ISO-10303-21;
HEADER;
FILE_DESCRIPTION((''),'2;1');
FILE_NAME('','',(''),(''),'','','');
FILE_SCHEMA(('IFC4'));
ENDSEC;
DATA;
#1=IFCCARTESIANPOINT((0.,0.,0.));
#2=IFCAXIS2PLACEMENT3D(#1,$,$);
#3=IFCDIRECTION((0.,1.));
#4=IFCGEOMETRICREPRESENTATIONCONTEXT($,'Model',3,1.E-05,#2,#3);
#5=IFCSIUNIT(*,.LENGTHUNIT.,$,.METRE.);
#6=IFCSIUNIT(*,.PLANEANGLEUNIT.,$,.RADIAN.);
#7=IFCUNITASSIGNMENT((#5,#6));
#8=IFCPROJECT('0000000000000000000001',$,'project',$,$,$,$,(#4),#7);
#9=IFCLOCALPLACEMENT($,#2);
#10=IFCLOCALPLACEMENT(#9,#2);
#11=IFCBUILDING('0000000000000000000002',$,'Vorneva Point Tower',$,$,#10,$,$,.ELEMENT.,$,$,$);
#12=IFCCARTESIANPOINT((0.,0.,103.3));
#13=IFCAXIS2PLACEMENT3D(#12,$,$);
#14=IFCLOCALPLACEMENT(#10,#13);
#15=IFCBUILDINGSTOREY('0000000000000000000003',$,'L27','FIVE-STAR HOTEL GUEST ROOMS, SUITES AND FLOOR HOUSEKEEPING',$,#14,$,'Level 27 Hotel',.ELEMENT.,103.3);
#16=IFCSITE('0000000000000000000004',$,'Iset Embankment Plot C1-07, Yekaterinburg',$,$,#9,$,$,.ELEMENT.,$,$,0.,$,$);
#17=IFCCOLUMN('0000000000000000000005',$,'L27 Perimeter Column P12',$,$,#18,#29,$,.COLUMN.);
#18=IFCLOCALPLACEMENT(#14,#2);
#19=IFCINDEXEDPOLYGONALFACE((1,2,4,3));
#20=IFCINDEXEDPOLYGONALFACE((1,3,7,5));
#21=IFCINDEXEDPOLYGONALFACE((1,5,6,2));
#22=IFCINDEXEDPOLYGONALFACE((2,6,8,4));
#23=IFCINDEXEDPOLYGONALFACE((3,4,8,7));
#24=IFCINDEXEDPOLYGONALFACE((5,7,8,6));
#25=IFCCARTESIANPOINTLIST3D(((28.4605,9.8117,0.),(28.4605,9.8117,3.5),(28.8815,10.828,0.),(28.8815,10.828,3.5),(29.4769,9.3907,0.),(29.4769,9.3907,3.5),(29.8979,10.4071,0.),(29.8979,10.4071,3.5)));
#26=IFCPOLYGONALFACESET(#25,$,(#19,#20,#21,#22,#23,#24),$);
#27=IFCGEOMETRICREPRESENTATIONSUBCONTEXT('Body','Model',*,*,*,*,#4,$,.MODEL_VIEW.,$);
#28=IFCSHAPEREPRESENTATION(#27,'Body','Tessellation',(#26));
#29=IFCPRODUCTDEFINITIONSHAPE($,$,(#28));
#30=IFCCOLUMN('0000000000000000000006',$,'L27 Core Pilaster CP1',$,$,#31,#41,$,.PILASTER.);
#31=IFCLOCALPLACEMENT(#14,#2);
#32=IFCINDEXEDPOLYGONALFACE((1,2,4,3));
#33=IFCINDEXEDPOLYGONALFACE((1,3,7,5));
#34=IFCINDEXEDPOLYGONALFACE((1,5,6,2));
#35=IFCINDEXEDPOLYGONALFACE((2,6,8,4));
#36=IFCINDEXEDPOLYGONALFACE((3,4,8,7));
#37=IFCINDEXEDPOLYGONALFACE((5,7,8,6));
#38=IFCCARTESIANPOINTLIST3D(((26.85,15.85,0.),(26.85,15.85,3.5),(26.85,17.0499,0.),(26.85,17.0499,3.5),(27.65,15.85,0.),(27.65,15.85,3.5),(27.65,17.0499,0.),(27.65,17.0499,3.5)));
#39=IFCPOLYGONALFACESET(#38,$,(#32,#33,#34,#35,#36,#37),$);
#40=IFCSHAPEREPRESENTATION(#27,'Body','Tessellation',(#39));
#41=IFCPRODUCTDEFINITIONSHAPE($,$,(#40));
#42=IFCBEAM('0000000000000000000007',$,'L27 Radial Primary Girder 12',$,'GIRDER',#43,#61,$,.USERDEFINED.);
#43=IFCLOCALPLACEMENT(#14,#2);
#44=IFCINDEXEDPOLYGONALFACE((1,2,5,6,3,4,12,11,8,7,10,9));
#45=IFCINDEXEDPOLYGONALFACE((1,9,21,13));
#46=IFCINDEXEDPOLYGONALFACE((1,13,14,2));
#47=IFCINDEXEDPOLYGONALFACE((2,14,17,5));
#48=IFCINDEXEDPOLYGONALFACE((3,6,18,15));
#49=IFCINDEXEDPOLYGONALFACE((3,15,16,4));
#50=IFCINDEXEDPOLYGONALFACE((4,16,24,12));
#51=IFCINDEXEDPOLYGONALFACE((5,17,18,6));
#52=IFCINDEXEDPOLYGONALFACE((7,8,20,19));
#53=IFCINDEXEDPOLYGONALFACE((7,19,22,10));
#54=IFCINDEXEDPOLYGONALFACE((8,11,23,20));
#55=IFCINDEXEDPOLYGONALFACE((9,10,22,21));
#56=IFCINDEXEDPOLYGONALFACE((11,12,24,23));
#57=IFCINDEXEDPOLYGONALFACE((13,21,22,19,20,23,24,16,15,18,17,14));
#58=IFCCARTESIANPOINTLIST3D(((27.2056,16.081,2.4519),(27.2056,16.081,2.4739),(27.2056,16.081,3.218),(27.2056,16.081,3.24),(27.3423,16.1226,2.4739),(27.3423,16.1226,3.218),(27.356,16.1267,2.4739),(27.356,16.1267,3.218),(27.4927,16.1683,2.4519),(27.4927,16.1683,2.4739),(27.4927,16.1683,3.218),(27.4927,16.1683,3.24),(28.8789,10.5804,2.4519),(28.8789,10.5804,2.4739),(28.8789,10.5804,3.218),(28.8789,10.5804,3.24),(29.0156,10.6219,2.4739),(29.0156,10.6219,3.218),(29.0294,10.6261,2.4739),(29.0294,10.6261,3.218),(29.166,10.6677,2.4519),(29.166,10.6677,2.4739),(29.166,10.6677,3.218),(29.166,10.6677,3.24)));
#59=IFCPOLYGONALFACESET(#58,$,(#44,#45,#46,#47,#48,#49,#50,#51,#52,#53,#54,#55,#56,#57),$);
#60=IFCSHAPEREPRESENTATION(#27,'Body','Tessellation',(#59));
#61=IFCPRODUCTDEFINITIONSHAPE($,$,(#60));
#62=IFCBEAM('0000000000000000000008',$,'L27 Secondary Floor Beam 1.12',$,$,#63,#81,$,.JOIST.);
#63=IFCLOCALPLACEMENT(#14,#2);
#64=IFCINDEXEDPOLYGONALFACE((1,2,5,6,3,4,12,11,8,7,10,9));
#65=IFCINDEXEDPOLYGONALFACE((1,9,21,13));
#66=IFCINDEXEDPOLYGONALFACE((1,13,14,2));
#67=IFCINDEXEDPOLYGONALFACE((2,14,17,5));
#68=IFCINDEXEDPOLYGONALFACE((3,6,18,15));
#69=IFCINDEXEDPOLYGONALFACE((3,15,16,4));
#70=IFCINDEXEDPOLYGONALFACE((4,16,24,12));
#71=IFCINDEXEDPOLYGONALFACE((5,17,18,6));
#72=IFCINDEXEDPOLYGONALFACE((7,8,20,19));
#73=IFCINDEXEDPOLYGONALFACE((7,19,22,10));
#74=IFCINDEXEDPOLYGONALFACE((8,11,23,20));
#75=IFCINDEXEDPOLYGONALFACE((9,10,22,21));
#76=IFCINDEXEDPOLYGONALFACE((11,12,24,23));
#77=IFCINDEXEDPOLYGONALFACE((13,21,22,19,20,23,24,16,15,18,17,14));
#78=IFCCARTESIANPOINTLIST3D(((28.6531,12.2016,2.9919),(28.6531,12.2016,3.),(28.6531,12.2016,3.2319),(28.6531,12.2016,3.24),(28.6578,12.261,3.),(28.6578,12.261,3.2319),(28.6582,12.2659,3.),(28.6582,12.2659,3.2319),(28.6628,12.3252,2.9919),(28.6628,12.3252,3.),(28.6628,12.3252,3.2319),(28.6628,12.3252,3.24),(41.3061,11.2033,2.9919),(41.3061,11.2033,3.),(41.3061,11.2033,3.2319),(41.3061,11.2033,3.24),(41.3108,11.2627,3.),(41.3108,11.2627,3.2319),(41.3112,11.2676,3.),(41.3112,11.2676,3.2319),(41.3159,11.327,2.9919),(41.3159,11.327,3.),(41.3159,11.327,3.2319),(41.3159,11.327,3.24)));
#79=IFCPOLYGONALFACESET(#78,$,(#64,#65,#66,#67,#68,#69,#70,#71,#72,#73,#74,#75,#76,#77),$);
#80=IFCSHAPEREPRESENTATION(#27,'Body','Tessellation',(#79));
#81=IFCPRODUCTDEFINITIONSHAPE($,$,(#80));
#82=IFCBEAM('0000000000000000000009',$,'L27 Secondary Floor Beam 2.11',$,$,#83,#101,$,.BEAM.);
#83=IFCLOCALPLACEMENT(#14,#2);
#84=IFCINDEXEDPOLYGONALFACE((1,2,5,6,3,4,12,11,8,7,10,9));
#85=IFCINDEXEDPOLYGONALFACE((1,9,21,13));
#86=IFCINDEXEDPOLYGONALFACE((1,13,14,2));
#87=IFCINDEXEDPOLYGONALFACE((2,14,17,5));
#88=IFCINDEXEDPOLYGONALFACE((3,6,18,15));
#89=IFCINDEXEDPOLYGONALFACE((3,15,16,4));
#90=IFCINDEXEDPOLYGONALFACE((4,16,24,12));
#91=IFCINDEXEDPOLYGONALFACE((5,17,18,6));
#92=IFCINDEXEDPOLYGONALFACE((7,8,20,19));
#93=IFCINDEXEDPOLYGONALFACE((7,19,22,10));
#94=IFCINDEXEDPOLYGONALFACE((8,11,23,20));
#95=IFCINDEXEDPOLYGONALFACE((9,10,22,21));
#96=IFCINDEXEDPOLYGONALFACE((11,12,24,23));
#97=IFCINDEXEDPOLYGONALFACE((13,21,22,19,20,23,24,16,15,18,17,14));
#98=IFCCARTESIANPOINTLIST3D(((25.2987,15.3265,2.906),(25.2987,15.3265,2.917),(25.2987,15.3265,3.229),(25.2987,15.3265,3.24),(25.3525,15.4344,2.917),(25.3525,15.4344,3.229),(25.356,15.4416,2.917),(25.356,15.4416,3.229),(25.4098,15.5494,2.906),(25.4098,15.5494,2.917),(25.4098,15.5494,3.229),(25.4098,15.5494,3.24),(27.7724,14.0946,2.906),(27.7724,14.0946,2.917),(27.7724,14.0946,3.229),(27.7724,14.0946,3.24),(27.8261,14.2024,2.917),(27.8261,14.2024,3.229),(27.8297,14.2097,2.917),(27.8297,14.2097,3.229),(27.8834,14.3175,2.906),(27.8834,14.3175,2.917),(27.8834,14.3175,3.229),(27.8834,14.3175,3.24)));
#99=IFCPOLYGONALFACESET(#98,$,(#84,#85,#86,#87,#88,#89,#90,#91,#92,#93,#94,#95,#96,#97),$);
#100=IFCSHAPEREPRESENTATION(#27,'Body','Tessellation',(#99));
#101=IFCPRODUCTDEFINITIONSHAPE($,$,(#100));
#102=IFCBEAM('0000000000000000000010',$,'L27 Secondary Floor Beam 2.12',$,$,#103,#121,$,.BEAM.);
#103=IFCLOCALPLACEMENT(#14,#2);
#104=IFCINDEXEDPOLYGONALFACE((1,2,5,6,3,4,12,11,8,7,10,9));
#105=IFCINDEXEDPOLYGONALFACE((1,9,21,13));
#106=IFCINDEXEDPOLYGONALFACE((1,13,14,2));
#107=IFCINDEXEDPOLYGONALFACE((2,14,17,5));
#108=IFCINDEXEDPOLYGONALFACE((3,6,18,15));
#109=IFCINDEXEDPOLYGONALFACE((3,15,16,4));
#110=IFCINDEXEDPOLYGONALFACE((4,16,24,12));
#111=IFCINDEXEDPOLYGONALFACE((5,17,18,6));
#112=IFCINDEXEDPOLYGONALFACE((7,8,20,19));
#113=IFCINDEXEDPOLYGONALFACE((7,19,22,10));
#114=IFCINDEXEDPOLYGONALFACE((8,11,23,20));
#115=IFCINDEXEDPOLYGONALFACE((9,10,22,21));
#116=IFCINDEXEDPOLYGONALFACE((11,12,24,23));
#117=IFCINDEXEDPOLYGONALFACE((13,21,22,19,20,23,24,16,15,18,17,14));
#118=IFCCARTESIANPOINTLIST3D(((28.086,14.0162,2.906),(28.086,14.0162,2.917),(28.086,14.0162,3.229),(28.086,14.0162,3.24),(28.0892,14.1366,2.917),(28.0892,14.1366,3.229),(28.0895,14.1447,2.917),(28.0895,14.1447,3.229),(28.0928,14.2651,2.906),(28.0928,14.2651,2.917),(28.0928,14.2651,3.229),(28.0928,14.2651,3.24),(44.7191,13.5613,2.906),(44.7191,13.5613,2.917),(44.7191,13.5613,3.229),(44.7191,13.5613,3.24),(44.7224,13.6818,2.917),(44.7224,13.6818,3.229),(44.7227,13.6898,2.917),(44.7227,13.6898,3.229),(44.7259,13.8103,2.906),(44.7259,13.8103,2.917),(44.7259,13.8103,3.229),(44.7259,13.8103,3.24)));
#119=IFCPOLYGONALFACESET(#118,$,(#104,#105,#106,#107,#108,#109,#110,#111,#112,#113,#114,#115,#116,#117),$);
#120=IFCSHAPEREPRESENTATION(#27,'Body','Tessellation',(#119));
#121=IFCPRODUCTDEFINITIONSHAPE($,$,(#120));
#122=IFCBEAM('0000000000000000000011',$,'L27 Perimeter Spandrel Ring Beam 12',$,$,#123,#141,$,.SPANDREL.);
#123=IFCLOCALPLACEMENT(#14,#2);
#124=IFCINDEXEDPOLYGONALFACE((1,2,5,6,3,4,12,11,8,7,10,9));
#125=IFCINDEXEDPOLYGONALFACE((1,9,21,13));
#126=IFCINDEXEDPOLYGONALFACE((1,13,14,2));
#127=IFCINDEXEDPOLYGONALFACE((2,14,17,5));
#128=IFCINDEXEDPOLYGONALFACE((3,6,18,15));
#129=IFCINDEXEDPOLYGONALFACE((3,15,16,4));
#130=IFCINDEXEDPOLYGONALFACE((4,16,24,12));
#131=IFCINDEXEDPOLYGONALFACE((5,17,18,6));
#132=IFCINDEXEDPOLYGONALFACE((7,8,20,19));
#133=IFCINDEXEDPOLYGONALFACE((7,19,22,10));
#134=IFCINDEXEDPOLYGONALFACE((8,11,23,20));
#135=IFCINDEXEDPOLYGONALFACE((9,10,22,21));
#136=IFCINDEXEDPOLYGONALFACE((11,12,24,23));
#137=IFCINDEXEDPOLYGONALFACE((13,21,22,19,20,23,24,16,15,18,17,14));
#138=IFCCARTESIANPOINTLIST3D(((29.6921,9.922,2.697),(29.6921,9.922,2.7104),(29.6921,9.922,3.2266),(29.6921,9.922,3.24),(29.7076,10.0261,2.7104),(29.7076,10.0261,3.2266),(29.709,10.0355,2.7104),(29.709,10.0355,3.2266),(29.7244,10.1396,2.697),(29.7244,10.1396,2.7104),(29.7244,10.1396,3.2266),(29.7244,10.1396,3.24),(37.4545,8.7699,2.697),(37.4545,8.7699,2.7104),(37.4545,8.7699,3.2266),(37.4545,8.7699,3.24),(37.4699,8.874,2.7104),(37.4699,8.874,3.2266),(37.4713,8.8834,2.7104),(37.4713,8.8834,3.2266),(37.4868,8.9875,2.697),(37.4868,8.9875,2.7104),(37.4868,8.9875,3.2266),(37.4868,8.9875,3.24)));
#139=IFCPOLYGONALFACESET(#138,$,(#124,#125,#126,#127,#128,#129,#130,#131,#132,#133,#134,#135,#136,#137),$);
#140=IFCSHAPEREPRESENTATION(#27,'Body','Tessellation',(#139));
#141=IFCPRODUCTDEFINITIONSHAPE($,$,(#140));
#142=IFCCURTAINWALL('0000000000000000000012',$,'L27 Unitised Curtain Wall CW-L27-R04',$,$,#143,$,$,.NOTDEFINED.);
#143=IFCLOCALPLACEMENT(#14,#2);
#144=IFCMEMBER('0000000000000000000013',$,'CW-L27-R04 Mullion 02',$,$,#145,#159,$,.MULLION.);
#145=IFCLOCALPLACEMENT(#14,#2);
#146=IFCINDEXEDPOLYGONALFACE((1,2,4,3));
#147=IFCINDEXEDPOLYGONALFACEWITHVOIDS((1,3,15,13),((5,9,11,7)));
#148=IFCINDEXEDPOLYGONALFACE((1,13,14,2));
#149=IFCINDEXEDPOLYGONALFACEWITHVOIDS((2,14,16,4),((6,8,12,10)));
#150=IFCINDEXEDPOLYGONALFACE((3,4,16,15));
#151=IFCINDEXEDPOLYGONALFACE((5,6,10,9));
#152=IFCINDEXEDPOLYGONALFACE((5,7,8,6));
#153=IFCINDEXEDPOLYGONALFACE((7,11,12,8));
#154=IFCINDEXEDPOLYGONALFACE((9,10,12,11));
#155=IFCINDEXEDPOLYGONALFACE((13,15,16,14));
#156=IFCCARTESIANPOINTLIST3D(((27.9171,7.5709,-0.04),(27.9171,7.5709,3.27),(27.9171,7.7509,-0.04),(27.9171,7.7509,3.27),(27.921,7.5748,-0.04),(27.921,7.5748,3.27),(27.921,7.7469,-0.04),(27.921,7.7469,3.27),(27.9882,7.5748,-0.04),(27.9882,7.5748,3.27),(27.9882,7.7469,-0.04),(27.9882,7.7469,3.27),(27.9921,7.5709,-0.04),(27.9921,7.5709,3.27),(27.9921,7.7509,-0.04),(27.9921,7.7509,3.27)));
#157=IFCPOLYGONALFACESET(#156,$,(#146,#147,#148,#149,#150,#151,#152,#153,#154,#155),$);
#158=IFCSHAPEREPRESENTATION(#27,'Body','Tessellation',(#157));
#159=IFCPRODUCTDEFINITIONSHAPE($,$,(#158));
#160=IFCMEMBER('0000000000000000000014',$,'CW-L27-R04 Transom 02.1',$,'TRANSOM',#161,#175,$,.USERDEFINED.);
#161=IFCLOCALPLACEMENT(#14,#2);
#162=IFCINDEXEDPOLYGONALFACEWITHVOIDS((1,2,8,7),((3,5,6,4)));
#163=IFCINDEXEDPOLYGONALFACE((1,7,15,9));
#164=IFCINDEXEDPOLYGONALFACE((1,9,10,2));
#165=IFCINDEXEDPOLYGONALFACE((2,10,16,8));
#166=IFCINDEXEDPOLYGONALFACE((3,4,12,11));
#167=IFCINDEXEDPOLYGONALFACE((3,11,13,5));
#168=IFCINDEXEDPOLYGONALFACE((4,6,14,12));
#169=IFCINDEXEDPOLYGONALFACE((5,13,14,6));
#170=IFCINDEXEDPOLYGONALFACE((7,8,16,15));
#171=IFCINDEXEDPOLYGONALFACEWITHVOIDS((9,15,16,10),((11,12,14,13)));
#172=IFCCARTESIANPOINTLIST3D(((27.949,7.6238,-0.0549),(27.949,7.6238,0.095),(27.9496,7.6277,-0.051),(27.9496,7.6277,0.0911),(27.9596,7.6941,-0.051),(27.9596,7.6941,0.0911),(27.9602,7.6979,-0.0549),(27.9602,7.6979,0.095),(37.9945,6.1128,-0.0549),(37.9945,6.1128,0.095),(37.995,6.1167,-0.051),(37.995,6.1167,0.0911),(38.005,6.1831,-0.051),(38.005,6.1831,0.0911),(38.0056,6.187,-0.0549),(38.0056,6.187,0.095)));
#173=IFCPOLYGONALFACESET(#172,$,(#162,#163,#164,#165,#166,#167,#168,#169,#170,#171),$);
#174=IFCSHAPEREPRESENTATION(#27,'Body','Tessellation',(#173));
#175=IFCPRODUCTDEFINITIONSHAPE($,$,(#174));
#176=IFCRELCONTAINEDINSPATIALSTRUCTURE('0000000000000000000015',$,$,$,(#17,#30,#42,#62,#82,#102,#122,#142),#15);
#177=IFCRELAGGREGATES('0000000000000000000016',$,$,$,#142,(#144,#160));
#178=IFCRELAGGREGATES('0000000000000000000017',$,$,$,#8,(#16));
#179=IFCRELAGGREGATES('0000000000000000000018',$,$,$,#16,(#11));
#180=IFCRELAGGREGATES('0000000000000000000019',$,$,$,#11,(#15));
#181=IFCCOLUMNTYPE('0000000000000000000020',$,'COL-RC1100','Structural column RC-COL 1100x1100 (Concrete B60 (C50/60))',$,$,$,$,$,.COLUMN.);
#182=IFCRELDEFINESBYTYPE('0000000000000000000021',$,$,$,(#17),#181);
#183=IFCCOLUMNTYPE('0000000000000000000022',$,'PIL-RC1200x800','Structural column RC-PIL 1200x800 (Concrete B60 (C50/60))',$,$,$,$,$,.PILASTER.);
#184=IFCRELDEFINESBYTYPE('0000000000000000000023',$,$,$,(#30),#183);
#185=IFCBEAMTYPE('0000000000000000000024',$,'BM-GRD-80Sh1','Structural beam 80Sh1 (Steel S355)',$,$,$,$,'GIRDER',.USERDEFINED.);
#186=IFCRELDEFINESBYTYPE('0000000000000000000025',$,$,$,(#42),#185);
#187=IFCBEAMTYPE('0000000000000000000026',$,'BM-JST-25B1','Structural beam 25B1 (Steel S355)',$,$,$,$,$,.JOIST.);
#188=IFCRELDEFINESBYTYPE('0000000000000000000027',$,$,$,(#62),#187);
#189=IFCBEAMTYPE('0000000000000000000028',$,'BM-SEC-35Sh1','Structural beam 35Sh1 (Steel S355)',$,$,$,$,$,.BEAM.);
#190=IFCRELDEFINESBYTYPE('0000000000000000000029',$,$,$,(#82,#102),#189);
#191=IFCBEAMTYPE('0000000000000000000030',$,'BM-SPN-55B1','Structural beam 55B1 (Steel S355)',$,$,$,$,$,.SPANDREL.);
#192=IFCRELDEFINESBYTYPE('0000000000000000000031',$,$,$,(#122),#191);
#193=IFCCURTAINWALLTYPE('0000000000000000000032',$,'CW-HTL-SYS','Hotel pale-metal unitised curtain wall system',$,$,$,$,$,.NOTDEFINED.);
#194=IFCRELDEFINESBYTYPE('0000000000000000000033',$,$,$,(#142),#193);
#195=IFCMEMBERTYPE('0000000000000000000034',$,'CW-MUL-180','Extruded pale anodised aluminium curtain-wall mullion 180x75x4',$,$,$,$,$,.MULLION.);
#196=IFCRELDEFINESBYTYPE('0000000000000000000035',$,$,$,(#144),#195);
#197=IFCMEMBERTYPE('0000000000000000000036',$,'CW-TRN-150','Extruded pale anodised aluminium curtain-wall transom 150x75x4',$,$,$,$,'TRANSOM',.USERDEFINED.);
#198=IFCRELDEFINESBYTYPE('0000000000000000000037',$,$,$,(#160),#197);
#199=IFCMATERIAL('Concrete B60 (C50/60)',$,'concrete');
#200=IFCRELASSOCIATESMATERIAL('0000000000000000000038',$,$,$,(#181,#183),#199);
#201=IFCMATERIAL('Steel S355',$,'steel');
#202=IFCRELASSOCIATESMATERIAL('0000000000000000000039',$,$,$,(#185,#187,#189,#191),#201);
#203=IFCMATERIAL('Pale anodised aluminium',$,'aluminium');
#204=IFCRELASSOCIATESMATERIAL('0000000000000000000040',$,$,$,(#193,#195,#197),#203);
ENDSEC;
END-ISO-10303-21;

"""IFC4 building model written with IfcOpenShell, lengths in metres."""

from ifc_helpers import new_model, si_unit, direction, frame, origin, origin_2d, place, context, subcontext, project, spatial, rectangle, hollow_rectangle, i_section, extrude, material, material_profile, profile_set, type_object, element, aggregate, save


model = new_model("IFC4")

# Units and contexts
model_context = context("Model", 3, precision=1e-05, world=origin(), true_north=direction((0.0, 1.0)))
body_context = subcontext(model_context, "Body", "Model", "MODEL_VIEW")
ifc_project = project(units=[si_unit("LENGTHUNIT", "METRE"), si_unit("PLANEANGLEUNIT", "RADIAN")], contexts=[model_context])

# Site, building, storey
site_placement = place(None, origin())
site = spatial("IfcSite", under=ifc_project, at=site_placement, Name="Iset Embankment Plot C1-07, Yekaterinburg", CompositionType="ELEMENT", RefElevation=0.0)
building_placement = place(site_placement, origin())
building = spatial("IfcBuilding", under=site, at=building_placement, Name="Vorneva Point Tower", CompositionType="ELEMENT")
storey_placement = place(building_placement, frame((0.0, 0.0, 103.3)))
storey = spatial("IfcBuildingStorey", under=building, at=storey_placement, Name="L27", Description="FIVE-STAR HOTEL GUEST ROOMS, SUITES AND FLOOR HOUSEKEEPING", LongName="Level 27 Hotel", CompositionType="ELEMENT", Elevation=103.3)

# Columns
ifc_material_1 = material(Name="Concrete B60 (C50/60)", Category="concrete")
ifc_material_profile_1 = material_profile(ifc_material_1, rectangle(XDim=1.1001, YDim=1.1001, at=origin_2d()), Name="RC-COL 1100x1100")
ifc_profile_set_1 = profile_set([ifc_material_profile_1], Name="Concrete B60 (C50/60)")
column_type_1 = type_object("IfcColumnType", Name="COL-RC1100", Description="Structural column RC-COL 1100x1100 (Concrete B60 (C50/60))", PredefinedType="COLUMN", material=ifc_profile_set_1)
column_1_placement = place(storey_placement, frame((29.1792, 10.1094, 0.0), z_axis=(0.0, 0.0, 1.0), x_axis=(-0.382683, -0.92388, 0.0)))
element("IfcColumn", 1, at=column_1_placement, inside=storey, type_object=column_type_1, Name="L27 Perimeter Column P12", PredefinedType="COLUMN", context=body_context, shape_type="SweptSolid", body=[
    extrude(rectangle(XDim=1.1001, YDim=1.1001, at=origin_2d()), origin(), (0.0, 0.0, 1.0), 3.5),
])
ifc_material_profile_2 = material_profile(ifc_material_1, rectangle(XDim=0.8, YDim=1.2, at=origin_2d()), Name="RC-PIL 1200x800")
ifc_profile_set_2 = profile_set([ifc_material_profile_2], Name="Concrete B60 (C50/60)")
column_type_2 = type_object("IfcColumnType", Name="PIL-RC1200x800", Description="Structural column RC-PIL 1200x800 (Concrete B60 (C50/60))", PredefinedType="PILASTER", material=ifc_profile_set_2)
column_2_placement = place(storey_placement, frame((27.25, 16.45, 0.0), z_axis=(0.0, 0.0, 1.0), x_axis=(1.0, 0.0, 0.0)))
element("IfcColumn", 2, at=column_2_placement, inside=storey, type_object=column_type_2, Name="L27 Core Pilaster CP1", PredefinedType="PILASTER", context=body_context, shape_type="SweptSolid", body=[
    extrude(rectangle(XDim=0.8, YDim=1.2, at=origin_2d()), origin(), (0.0, 0.0, 1.0), 3.5),
])

# Beams
ifc_material_2 = material(Name="Steel S355", Category="steel")
ifc_material_profile_3 = material_profile(ifc_material_2, i_section(OverallWidth=0.3, OverallDepth=0.7881, WebThickness=0.0144, FlangeThickness=0.022, at=origin_2d()), Name="80Sh1")
ifc_profile_set_3 = profile_set([ifc_material_profile_3], Name="Steel S355")
beam_type_1 = type_object("IfcBeamType", Name="BM-GRD-80Sh1", Description="Structural beam 80Sh1 (Steel S355)", ElementType="GIRDER", PredefinedType="USERDEFINED", material=ifc_profile_set_3)
beam_1_placement = place(storey_placement, frame((29.0225, 10.624, 2.8459), z_axis=(-0.291035, 0.956712, 0.0), x_axis=(-0.956712, -0.291035, 0.0)))
element("IfcBeam", 3, at=beam_1_placement, inside=storey, type_object=beam_type_1, Name="L27 Radial Primary Girder 12", ObjectType="GIRDER", PredefinedType="USERDEFINED", context=body_context, shape_type="SweptSolid", body=[
    extrude(i_section(OverallWidth=0.3, OverallDepth=0.7881, WebThickness=0.0144, FlangeThickness=0.022, at=origin_2d()), origin(), (0.0, 0.0, 1.0), 5.7495),
])
ifc_material_profile_4 = material_profile(ifc_material_2, i_section(OverallWidth=0.124, OverallDepth=0.248, WebThickness=0.0049, FlangeThickness=0.0081, at=origin_2d()), Name="25B1")
ifc_profile_set_4 = profile_set([ifc_material_profile_4], Name="Steel S355")
beam_type_2 = type_object("IfcBeamType", Name="BM-JST-25B1", Description="Structural beam 25B1 (Steel S355)", PredefinedType="JOIST", material=ifc_profile_set_4)
beam_2_placement = place(storey_placement, frame((28.658, 12.2634, 3.116), z_axis=(0.996902, -0.078653, 0.0), x_axis=(0.078653, 0.996902, 0.0)))
element("IfcBeam", 4, at=beam_2_placement, inside=storey, type_object=beam_type_2, Name="L27 Secondary Floor Beam 1.12", PredefinedType="JOIST", context=body_context, shape_type="SweptSolid", body=[
    extrude(i_section(OverallWidth=0.124, OverallDepth=0.248, WebThickness=0.0049, FlangeThickness=0.0081, at=origin_2d()), origin(), (0.0, 0.0, 1.0), 12.6924),
])
ifc_material_profile_5 = material_profile(ifc_material_2, i_section(OverallWidth=0.249, OverallDepth=0.334, WebThickness=0.0081, FlangeThickness=0.011, at=origin_2d()), Name="35Sh1")
ifc_profile_set_5 = profile_set([ifc_material_profile_5], Name="Steel S355")
beam_type_3 = type_object("IfcBeamType", Name="BM-SEC-35Sh1", Description="Structural beam 35Sh1 (Steel S355)", PredefinedType="BEAM", material=ifc_profile_set_5)
beam_3_placement = place(storey_placement, frame((25.3542, 15.438, 3.073), z_axis=(0.895133, -0.445799, 0.0), x_axis=(0.445799, 0.895133, 0.0)))
element("IfcBeam", 5, at=beam_3_placement, inside=storey, type_object=beam_type_3, Name="L27 Secondary Floor Beam 2.11", PredefinedType="BEAM", context=body_context, shape_type="SweptSolid", body=[
    extrude(i_section(OverallWidth=0.249, OverallDepth=0.334, WebThickness=0.0081, FlangeThickness=0.011, at=origin_2d()), origin(), (0.0, 0.0, 1.0), 2.7634),
])
beam_4_placement = place(storey_placement, frame((28.0894, 14.1406, 3.073), z_axis=(0.999626, -0.027335, 0.0), x_axis=(0.027335, 0.999626, 0.0)))
element("IfcBeam", 6, at=beam_4_placement, inside=storey, type_object=beam_type_3, Name="L27 Secondary Floor Beam 2.12", PredefinedType="BEAM", context=body_context, shape_type="SweptSolid", body=[
    extrude(i_section(OverallWidth=0.249, OverallDepth=0.334, WebThickness=0.0081, FlangeThickness=0.011, at=origin_2d()), origin(), (0.0, 0.0, 1.0), 16.6394),
])
ifc_material_profile_6 = material_profile(ifc_material_2, i_section(OverallWidth=0.22, OverallDepth=0.543, WebThickness=0.0095, FlangeThickness=0.0134, at=origin_2d()), Name="55B1")
ifc_profile_set_6 = profile_set([ifc_material_profile_6], Name="Steel S355")
beam_type_4 = type_object("IfcBeamType", Name="BM-SPN-55B1", Description="Structural beam 55B1 (Steel S355)", PredefinedType="SPANDREL", material=ifc_profile_set_6)
beam_5_placement = place(storey_placement, frame((29.7083, 10.0308, 2.9685), z_axis=(0.989165, -0.146811, 0.0), x_axis=(0.146811, 0.989165, 0.0)))
element("IfcBeam", 7, at=beam_5_placement, inside=storey, type_object=beam_type_4, Name="L27 Perimeter Spandrel Ring Beam 12", PredefinedType="SPANDREL", context=body_context, shape_type="SweptSolid", body=[
    extrude(i_section(OverallWidth=0.22, OverallDepth=0.543, WebThickness=0.0095, FlangeThickness=0.0134, at=origin_2d()), origin(), (0.0, 0.0, 1.0), 7.8474),
])

# Curtain wall, members
ifc_material_3 = material(Name="Pale anodised aluminium", Category="aluminium")
curtain_wall_type = type_object("IfcCurtainWallType", Name="CW-HTL-SYS", Description="Hotel pale-metal unitised curtain wall system", PredefinedType="NOTDEFINED", material=ifc_material_3)
curtain_wall_placement = place(storey_placement, origin())
curtain_wall = element("IfcCurtainWall", 8, at=curtain_wall_placement, inside=storey, type_object=curtain_wall_type, Name="L27 Unitised Curtain Wall CW-L27-R04", PredefinedType="NOTDEFINED")
ifc_material_profile_7 = material_profile(ifc_material_3, hollow_rectangle(XDim=0.075, YDim=0.1799, WallThickness=0.0039, at=origin_2d()), Name="AL-MUL 180x75x4")
ifc_profile_set_7 = profile_set([ifc_material_profile_7], Name="Pale anodised aluminium")
member_type_1 = type_object("IfcMemberType", Name="CW-MUL-180", Description="Extruded pale anodised aluminium curtain-wall mullion 180x75x4", PredefinedType="MULLION", material=ifc_profile_set_7)
member_1_placement = place(storey_placement, frame((27.9546, 7.6609, -0.04), z_axis=(0.0, 0.0, 1.0), x_axis=(1.0, 0.0, 0.0)))
member_1 = element("IfcMember", 9, at=member_1_placement, type_object=member_type_1, Name="CW-L27-R04 Mullion 02", PredefinedType="MULLION", context=body_context, shape_type="SweptSolid", body=[
    extrude(hollow_rectangle(XDim=0.075, YDim=0.1799, WallThickness=0.0039, at=origin_2d()), origin(), (0.0, 0.0, 1.0), 3.3101),
])
ifc_material_profile_8 = material_profile(ifc_material_3, hollow_rectangle(XDim=0.075, YDim=0.1499, WallThickness=0.0039, at=origin_2d()), Name="AL-TRN 150x75x4")
ifc_profile_set_8 = profile_set([ifc_material_profile_8], Name="Pale anodised aluminium")
member_type_2 = type_object("IfcMemberType", Name="CW-TRN-150", Description="Extruded pale anodised aluminium curtain-wall transom 150x75x4", ElementType="TRANSOM", PredefinedType="USERDEFINED", material=ifc_profile_set_8)
member_2_placement = place(storey_placement, frame((27.9546, 7.6609, 0.02), z_axis=(0.988876, -0.148742, 0.0), x_axis=(0.148742, 0.988876, 0.0)))
member_2 = element("IfcMember", 10, at=member_2_placement, type_object=member_type_2, Name="CW-L27-R04 Transom 02.1", ObjectType="TRANSOM", PredefinedType="USERDEFINED", context=body_context, shape_type="SweptSolid", body=[
    extrude(hollow_rectangle(XDim=0.075, YDim=0.1499, WallThickness=0.0039, at=origin_2d()), origin(), (0.0, 0.0, 1.0), 10.1584),
])
aggregate(curtain_wall, [member_1, member_2])

save(model, "model.ifc")
